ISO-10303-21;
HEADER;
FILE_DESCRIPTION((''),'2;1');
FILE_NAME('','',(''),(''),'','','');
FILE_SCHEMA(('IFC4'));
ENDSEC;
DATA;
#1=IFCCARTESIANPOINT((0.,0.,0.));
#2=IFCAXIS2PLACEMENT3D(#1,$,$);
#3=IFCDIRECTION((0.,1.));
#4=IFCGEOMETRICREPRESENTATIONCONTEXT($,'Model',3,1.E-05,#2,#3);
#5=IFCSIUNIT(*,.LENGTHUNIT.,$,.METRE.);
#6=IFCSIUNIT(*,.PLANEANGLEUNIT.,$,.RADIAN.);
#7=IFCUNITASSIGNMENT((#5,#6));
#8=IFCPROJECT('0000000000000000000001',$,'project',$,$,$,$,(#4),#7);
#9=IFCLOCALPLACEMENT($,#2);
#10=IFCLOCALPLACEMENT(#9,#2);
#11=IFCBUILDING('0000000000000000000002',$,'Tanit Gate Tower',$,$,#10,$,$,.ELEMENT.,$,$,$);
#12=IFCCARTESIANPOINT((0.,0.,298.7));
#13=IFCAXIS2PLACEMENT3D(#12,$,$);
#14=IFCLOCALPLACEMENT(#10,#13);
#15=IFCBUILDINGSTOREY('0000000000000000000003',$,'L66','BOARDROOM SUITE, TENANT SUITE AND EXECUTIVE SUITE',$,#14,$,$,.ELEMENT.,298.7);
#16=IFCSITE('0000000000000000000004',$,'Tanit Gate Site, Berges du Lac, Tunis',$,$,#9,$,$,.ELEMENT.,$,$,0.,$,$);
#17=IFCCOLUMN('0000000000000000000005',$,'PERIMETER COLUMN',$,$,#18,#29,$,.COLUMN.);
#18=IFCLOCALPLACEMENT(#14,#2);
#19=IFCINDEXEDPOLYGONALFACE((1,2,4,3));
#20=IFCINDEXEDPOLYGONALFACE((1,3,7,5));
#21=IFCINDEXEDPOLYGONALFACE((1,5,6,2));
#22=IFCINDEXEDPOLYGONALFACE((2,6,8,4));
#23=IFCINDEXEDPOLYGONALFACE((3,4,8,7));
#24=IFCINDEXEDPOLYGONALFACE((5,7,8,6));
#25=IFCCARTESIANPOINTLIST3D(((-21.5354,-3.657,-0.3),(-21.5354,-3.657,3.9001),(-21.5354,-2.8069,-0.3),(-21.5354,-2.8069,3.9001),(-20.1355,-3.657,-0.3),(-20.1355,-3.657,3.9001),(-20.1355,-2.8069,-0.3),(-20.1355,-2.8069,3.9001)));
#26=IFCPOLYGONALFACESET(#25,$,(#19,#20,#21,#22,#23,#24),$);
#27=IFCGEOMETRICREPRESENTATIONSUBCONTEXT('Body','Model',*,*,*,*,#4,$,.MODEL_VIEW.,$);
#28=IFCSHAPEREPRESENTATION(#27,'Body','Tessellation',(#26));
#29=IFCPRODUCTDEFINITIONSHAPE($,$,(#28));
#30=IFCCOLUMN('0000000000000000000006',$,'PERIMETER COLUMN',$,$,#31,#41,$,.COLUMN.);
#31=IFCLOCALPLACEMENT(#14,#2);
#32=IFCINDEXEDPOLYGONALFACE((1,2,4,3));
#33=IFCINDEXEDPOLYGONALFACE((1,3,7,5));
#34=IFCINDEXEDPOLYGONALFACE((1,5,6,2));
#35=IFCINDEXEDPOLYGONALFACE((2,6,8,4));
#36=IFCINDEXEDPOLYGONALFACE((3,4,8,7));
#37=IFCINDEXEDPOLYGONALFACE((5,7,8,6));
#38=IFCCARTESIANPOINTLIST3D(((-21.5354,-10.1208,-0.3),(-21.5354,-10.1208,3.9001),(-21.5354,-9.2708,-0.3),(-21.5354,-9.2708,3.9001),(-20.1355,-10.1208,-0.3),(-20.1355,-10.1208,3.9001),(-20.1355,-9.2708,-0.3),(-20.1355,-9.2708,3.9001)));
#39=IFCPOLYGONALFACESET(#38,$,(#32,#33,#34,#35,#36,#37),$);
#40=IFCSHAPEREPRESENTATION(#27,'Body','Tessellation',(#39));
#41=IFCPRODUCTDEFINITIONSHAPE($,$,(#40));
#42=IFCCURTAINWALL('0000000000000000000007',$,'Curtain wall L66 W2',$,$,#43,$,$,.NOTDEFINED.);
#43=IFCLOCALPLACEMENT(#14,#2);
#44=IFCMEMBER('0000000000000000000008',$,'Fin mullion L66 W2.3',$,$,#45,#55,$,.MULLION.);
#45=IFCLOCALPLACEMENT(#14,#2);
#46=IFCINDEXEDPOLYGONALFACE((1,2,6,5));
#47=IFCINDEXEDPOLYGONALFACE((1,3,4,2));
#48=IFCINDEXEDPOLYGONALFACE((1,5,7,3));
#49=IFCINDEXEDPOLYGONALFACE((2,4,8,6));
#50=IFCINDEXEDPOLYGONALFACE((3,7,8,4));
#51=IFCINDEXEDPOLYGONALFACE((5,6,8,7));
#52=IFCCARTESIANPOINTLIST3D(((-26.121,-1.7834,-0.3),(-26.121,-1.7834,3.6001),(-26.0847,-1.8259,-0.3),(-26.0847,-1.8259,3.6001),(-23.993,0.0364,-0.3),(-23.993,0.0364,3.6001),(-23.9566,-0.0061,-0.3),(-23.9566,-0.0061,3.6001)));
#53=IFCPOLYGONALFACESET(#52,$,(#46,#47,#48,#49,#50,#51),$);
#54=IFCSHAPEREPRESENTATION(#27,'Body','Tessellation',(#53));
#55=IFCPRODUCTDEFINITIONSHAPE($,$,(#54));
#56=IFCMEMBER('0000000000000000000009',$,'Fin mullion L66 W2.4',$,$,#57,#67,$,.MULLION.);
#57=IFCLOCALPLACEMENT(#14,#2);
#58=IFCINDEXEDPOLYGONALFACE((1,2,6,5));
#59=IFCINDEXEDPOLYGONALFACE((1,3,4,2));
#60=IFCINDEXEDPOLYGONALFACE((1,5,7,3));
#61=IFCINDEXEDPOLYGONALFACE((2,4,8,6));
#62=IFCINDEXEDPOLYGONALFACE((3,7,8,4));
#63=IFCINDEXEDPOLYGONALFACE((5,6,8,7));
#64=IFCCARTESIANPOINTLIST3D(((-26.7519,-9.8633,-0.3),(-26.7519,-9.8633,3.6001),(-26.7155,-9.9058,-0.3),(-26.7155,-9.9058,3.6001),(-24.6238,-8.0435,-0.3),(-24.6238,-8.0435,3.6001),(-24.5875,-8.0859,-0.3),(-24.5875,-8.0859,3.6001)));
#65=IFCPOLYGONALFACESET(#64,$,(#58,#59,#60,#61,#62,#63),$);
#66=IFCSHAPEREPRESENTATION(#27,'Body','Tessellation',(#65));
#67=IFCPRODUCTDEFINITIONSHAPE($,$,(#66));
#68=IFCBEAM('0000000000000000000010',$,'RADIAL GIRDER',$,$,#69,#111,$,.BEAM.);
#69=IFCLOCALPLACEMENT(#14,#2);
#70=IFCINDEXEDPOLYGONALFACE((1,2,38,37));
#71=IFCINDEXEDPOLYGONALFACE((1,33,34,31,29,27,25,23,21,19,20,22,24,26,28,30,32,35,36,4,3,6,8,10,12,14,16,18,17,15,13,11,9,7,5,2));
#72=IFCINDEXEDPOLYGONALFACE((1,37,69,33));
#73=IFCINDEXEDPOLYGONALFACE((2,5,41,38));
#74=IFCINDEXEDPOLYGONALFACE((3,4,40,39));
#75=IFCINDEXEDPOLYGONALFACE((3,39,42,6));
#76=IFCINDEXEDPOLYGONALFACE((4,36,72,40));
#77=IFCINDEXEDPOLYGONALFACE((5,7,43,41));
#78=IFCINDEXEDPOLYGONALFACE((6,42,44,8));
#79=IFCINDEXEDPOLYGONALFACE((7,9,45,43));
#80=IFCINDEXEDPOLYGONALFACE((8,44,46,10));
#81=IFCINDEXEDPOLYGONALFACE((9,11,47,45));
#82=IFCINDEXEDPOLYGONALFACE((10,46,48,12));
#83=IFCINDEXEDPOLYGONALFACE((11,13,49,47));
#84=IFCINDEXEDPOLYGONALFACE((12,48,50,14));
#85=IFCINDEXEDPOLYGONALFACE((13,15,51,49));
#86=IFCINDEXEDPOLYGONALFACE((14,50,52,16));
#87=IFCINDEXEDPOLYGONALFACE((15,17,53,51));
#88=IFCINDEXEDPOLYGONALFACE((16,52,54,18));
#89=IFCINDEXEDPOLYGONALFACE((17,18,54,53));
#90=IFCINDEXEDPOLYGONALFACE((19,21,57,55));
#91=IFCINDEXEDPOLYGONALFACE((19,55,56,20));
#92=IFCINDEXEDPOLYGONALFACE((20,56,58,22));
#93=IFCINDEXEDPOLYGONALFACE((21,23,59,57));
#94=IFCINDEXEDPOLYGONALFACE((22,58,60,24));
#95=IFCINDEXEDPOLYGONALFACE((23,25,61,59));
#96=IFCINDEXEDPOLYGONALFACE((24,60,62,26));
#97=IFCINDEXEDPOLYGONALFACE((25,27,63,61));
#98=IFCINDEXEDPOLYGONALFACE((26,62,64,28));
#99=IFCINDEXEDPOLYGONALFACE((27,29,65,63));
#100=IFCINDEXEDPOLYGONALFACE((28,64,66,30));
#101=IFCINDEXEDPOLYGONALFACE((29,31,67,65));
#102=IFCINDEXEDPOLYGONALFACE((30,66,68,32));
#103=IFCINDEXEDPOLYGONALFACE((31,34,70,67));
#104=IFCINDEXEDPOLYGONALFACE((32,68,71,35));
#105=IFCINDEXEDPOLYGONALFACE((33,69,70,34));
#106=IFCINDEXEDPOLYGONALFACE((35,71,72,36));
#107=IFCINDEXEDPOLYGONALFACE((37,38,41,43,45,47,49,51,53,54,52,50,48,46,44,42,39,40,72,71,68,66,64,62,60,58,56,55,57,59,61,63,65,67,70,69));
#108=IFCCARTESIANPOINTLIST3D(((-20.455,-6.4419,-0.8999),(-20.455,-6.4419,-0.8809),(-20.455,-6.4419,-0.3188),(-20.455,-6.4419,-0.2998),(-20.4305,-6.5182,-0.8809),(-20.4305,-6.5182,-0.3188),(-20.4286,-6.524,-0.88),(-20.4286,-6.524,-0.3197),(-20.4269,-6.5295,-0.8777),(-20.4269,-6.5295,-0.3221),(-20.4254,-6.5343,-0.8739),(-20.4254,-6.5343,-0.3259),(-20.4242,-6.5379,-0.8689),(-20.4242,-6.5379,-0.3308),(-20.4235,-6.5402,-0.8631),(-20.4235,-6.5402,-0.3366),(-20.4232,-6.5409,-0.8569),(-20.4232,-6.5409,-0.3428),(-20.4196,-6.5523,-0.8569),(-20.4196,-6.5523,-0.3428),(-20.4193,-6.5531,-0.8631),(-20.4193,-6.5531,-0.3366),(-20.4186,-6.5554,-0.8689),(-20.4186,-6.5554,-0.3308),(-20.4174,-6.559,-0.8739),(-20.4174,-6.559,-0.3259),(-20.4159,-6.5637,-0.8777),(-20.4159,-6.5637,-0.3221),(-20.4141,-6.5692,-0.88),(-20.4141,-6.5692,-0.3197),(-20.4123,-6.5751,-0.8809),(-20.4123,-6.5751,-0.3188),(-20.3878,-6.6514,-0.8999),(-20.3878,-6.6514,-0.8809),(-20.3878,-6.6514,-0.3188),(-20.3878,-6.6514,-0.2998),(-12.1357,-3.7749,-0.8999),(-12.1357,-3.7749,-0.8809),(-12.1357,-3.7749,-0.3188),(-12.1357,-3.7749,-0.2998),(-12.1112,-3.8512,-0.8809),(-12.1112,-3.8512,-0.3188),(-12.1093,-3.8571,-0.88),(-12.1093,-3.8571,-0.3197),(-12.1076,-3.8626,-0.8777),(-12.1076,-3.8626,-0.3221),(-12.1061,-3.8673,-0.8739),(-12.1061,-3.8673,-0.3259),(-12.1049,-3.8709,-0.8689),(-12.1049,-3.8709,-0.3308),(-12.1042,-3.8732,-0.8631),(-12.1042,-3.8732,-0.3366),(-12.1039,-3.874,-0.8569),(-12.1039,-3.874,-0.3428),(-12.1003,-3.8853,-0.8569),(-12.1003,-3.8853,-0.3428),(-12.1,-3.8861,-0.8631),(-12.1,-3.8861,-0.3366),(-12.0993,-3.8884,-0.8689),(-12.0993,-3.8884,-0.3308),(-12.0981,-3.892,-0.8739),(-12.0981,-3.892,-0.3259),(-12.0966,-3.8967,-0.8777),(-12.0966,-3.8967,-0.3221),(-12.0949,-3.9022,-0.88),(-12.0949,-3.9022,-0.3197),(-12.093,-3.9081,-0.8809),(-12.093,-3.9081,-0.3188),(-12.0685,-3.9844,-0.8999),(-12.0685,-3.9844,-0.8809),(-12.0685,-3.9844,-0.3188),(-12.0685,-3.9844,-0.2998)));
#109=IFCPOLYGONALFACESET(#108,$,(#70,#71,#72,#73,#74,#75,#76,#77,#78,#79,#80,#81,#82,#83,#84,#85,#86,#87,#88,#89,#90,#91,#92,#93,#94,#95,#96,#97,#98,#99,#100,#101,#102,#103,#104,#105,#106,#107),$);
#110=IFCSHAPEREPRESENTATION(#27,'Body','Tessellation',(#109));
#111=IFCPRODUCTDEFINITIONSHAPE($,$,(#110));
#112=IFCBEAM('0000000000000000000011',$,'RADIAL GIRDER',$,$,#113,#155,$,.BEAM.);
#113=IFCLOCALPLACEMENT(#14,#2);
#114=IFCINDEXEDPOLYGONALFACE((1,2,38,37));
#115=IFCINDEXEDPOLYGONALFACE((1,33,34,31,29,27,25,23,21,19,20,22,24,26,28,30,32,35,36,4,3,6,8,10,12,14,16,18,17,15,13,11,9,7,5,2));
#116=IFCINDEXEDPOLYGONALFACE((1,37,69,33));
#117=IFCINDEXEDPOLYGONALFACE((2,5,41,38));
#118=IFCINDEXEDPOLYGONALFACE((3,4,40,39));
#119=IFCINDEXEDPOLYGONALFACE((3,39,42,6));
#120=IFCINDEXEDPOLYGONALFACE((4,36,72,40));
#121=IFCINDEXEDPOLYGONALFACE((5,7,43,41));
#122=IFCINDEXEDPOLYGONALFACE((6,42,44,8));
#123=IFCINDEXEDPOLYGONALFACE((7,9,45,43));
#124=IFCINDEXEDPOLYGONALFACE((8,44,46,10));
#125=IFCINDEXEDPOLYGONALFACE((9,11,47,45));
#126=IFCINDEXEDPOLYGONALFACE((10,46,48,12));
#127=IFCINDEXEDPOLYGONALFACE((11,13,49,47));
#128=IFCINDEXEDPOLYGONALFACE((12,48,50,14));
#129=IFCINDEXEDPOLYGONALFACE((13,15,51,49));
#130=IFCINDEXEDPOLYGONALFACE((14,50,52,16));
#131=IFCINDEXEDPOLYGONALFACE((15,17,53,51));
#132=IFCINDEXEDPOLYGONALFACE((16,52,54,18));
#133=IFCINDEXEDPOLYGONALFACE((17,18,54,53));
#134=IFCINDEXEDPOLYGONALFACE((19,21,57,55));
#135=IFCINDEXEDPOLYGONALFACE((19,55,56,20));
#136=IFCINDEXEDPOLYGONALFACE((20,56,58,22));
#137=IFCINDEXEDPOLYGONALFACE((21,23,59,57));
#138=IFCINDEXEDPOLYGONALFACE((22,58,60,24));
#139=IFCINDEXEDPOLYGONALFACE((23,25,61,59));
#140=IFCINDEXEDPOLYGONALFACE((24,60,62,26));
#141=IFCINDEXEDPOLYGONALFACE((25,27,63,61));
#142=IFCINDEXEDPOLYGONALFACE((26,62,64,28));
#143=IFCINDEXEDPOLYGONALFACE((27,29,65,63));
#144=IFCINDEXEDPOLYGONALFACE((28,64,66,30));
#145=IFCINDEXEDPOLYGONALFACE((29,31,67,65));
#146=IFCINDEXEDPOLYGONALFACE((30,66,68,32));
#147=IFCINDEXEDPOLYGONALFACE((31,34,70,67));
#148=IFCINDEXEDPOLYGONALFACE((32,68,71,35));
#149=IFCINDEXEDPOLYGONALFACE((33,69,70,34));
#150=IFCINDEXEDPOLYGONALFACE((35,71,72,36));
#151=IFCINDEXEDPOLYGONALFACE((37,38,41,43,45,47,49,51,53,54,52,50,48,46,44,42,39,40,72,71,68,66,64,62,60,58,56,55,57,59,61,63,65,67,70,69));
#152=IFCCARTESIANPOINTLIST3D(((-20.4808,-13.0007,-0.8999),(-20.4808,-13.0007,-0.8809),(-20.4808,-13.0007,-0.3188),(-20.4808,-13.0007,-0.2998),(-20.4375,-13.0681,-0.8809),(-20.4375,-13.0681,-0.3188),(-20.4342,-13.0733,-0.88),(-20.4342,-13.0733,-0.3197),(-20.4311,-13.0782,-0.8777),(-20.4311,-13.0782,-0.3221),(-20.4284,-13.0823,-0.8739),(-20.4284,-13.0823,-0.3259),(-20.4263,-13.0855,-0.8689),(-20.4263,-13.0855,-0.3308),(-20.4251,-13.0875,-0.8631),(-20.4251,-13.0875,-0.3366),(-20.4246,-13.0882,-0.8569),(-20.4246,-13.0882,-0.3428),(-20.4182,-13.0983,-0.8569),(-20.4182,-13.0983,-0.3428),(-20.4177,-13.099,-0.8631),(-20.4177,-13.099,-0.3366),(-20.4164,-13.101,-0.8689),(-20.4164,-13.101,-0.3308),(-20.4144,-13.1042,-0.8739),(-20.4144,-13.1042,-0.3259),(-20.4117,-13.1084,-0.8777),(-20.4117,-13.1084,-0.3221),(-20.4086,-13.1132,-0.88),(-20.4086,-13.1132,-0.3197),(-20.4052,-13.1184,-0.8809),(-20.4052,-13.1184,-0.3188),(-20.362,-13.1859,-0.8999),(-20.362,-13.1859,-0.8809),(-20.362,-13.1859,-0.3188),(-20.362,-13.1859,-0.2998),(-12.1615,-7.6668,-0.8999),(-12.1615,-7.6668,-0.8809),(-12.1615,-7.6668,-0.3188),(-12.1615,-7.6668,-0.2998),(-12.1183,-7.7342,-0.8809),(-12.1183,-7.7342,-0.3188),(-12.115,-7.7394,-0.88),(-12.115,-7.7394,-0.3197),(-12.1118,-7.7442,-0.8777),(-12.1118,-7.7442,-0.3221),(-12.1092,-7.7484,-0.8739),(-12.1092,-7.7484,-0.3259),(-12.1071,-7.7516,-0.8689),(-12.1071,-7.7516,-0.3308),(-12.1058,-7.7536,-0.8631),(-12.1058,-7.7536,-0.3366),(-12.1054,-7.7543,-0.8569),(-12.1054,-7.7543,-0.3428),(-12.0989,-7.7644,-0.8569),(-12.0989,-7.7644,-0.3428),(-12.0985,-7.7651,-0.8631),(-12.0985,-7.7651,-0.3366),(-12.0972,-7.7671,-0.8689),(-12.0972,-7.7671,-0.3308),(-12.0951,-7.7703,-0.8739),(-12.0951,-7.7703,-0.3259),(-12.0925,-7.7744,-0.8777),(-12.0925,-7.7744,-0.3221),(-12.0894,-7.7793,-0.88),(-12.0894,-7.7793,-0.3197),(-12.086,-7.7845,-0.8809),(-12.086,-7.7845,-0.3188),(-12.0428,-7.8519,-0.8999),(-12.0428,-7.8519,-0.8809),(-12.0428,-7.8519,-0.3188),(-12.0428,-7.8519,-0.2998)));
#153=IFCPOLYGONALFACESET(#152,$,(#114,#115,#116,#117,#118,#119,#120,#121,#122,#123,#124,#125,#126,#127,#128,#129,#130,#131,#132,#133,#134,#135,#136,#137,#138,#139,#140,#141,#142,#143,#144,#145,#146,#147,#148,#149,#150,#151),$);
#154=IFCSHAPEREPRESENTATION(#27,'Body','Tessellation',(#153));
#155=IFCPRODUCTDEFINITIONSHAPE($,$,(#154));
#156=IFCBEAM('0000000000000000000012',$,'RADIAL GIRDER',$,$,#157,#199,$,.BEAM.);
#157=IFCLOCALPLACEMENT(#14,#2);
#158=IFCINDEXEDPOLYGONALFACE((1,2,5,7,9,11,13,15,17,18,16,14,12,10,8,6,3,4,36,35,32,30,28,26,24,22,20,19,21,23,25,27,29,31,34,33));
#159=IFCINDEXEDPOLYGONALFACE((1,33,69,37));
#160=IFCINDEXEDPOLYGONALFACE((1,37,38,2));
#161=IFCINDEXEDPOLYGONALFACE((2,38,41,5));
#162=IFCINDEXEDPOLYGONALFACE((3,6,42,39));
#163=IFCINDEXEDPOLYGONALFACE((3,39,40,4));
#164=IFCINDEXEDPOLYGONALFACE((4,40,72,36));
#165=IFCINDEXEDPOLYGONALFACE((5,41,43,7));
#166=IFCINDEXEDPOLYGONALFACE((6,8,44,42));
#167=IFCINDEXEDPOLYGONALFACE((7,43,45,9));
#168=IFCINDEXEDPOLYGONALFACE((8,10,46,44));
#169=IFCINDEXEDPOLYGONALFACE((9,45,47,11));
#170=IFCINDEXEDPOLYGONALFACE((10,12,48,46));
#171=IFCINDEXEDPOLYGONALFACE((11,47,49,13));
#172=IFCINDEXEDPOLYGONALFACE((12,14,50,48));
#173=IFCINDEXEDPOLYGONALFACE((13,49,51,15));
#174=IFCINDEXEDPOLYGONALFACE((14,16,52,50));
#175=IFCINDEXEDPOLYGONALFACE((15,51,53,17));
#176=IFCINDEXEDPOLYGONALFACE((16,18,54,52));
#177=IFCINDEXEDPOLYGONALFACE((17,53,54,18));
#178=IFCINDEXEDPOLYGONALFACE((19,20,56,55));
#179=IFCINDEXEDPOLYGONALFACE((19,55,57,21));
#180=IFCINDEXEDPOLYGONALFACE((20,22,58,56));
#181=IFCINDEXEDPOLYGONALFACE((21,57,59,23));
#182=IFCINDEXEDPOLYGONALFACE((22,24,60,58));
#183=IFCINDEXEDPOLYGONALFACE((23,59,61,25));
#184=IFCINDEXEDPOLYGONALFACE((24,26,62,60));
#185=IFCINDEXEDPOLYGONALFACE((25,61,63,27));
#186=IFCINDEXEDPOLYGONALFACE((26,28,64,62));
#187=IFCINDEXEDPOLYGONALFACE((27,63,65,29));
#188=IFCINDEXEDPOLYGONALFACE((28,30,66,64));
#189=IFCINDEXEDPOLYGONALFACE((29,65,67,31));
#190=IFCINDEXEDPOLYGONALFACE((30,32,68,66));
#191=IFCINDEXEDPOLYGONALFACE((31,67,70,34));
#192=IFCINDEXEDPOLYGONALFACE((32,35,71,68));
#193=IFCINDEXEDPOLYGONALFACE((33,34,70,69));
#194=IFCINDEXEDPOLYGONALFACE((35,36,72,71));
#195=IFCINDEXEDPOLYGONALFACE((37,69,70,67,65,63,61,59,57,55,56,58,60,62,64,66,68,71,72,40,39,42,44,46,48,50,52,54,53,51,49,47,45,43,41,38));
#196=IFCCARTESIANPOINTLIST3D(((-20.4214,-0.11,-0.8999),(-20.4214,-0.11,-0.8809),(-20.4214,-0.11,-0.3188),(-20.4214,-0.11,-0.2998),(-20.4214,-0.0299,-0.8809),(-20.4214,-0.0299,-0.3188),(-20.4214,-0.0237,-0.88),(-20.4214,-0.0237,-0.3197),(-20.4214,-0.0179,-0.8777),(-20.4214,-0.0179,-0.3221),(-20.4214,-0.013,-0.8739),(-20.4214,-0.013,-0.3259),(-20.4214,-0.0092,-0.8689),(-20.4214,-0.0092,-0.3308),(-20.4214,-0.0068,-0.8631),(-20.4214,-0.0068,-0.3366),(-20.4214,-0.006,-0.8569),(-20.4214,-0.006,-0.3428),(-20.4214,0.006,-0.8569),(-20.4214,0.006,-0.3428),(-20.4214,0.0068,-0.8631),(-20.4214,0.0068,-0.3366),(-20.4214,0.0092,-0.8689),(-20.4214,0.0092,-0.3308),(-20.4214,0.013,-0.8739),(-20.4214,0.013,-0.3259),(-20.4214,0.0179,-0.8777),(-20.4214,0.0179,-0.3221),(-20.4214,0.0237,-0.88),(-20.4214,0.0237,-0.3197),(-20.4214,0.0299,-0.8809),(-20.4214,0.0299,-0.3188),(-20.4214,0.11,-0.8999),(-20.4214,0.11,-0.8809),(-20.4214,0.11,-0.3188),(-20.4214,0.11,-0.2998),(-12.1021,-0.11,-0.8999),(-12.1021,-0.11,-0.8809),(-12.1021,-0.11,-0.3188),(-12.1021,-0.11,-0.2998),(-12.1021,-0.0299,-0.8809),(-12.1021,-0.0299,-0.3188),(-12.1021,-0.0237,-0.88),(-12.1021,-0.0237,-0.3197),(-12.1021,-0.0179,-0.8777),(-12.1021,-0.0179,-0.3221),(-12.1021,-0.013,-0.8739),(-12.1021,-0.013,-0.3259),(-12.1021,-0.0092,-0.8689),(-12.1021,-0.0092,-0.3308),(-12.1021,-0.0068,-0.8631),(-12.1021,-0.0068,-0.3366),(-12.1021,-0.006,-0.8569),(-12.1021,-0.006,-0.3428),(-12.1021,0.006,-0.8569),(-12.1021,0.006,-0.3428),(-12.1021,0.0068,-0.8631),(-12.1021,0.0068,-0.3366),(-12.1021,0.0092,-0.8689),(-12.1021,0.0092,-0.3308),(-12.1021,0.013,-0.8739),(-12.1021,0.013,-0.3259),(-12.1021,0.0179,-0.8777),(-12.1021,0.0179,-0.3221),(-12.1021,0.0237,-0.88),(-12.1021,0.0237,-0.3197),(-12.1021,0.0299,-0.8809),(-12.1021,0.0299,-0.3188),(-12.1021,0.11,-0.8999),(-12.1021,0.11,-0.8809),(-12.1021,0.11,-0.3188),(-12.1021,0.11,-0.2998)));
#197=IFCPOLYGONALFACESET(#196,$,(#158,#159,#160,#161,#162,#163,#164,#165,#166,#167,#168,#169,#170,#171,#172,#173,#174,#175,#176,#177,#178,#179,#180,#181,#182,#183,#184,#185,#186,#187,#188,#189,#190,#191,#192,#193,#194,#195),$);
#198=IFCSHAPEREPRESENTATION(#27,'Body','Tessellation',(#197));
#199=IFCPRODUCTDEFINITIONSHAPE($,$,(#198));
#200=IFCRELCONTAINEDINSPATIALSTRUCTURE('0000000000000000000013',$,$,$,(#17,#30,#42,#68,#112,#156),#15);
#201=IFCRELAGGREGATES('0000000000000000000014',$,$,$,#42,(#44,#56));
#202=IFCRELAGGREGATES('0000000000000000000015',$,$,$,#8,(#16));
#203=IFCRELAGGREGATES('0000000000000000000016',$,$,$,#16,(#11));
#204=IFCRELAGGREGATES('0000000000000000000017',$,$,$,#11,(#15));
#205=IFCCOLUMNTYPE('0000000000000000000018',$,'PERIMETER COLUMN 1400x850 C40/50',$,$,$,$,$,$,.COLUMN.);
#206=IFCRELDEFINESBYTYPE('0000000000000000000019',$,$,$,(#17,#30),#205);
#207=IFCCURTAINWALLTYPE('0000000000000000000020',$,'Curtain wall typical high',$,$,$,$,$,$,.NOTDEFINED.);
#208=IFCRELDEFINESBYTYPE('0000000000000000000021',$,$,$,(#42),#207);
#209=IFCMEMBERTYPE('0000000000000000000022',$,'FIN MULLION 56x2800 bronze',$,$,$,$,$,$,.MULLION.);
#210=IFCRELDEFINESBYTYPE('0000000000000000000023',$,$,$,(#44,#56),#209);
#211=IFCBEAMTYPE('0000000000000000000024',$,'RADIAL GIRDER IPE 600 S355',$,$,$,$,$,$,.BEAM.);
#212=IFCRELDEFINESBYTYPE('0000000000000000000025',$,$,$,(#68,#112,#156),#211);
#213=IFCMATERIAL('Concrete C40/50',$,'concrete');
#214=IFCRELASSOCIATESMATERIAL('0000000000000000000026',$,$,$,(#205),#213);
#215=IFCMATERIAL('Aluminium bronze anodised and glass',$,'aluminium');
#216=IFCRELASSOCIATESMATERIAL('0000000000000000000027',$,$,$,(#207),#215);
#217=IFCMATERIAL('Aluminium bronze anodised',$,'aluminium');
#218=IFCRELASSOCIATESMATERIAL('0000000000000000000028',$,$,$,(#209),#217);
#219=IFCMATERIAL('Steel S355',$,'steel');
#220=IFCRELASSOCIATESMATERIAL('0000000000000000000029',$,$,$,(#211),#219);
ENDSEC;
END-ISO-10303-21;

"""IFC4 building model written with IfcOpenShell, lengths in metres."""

from ifc_helpers import new_model, si_unit, direction, frame, origin, origin_2d, place, context, subcontext, project, spatial, rectangle, i_section, extrude, material, material_profile, profile_set, type_object, element, aggregate, save


model = new_model("IFC4")

# Units and contexts
model_context = context("Model", 3, precision=1e-05, world=origin(), true_north=direction((0.0, 1.0)))
body_context = subcontext(model_context, "Body", "Model", "MODEL_VIEW")
ifc_project = project(units=[si_unit("LENGTHUNIT", "METRE"), si_unit("PLANEANGLEUNIT", "RADIAN")], contexts=[model_context])

# Site, building, storey
site_placement = place(None, origin())
site = spatial("IfcSite", under=ifc_project, at=site_placement, Name="Tanit Gate Site, Berges du Lac, Tunis", CompositionType="ELEMENT", RefElevation=0.0)
building_placement = place(site_placement, origin())
building = spatial("IfcBuilding", under=site, at=building_placement, Name="Tanit Gate Tower", CompositionType="ELEMENT")
storey_placement = place(building_placement, frame((0.0, 0.0, 298.7)))
storey = spatial("IfcBuildingStorey", under=building, at=storey_placement, Name="L66", Description="BOARDROOM SUITE, TENANT SUITE AND EXECUTIVE SUITE", CompositionType="ELEMENT", Elevation=298.7)

# Columns
ifc_material_1 = material(Name="Concrete C40/50", Category="concrete")
ifc_material_profile_1 = material_profile(ifc_material_1, rectangle(XDim=1.3999, YDim=0.8501, at=origin_2d()), Name="RC 1400x850")
ifc_profile_set_1 = profile_set([ifc_material_profile_1], Name="Concrete C40/50")
column_type = type_object("IfcColumnType", Name="PERIMETER COLUMN 1400x850 C40/50", PredefinedType="COLUMN", material=ifc_profile_set_1)
for number, where, z_axis, x_axis, name in (
    (1, (-20.8354, -3.2319, -0.3), (0.0, 0.0, 1.0), (-1.0, 0.0, 0.0), "PERIMETER COLUMN"),
    (2, (-20.8354, -9.6958, -0.3), (0.0, 0.0, 1.0), (-1.0, 0.0, 0.0), "PERIMETER COLUMN"),
):
    element("IfcColumn", number, at=place(storey_placement, frame(where, z_axis=z_axis, x_axis=x_axis)), inside=storey, type_object=column_type, Name=name, PredefinedType="COLUMN", context=body_context, shape_type="SweptSolid", body=[
        extrude(rectangle(XDim=1.3999, YDim=0.8501, at=origin_2d()), origin(), (0.0, 0.0, 1.0), 4.2002),
    ])

# Curtain wall, members
ifc_material_2 = material(Name="Aluminium bronze anodised and glass", Category="aluminium")
curtain_wall_type = type_object("IfcCurtainWallType", Name="Curtain wall typical high", PredefinedType="NOTDEFINED", material=ifc_material_2)
curtain_wall_placement = place(storey_placement, origin())
curtain_wall = element("IfcCurtainWall", 3, at=curtain_wall_placement, inside=storey, type_object=curtain_wall_type, Name="Curtain wall L66 W2", PredefinedType="NOTDEFINED")
ifc_material_3 = material(Name="Aluminium bronze anodised", Category="aluminium")
ifc_material_profile_2 = material_profile(ifc_material_3, rectangle(XDim=2.8, YDim=0.0559, at=origin_2d()), Name="56x2800 bronze fin mullion")
ifc_profile_set_2 = profile_set([ifc_material_profile_2], Name="Aluminium bronze anodised")
member_type_1 = type_object("IfcMemberType", Name="FIN MULLION 56x2800 bronze", PredefinedType="MULLION", material=ifc_profile_set_2)
member_1_placement = place(storey_placement, frame((-25.0388, -0.8948, -0.3), z_axis=(0.0, 0.0, 1.0), x_axis=(0.760002, 0.649921, 0.0)))
member_1 = element("IfcMember", 4, at=member_1_placement, type_object=member_type_1, Name="Fin mullion L66 W2.3", PredefinedType="MULLION", context=body_context, shape_type="SweptSolid", body=[
    extrude(rectangle(XDim=2.8, YDim=0.0559, at=origin_2d()), origin(), (0.0, 0.0, 1.0), 3.9001),
])
member_2_placement = place(storey_placement, frame((-25.6697, -8.9746, -0.3), z_axis=(0.0, 0.0, 1.0), x_axis=(0.760002, 0.649921, 0.0)))
member_2 = element("IfcMember", 5, at=member_2_placement, type_object=member_type_1, Name="Fin mullion L66 W2.4", PredefinedType="MULLION", context=body_context, shape_type="SweptSolid", body=[
    extrude(rectangle(XDim=2.8, YDim=0.0559, at=origin_2d()), origin(), (0.0, 0.0, 1.0), 3.9001),
])

# Beams
ifc_material_4 = material(Name="Steel S355", Category="steel")
ifc_material_profile_3 = material_profile(ifc_material_4, i_section(OverallWidth=0.22, OverallDepth=0.6001, WebThickness=0.012, FlangeThickness=0.019, FilletRadius=0.0239, at=origin_2d()), Name="IPE 600")
ifc_profile_set_3 = profile_set([ifc_material_profile_3], Name="Steel S355")
beam_type_1 = type_object("IfcBeamType", Name="RADIAL GIRDER IPE 600 S355", PredefinedType="BEAM", material=ifc_profile_set_3)
beam_1_placement = place(storey_placement, frame((-20.4214, -6.5466, -0.5999), z_axis=(0.952264, 0.305275, 0.0), x_axis=(-0.305275, 0.952264, 0.0)))
element("IfcBeam", 6, at=beam_1_placement, inside=storey, type_object=beam_type_1, Name="RADIAL GIRDER", PredefinedType="BEAM", context=body_context, shape_type="SweptSolid", body=[
    extrude(i_section(OverallWidth=0.22, OverallDepth=0.6001, WebThickness=0.012, FlangeThickness=0.019, FilletRadius=0.0239, at=origin_2d()), origin(), (0.0, 0.0, 1.0), 8.7363),
])
beam_2_placement = place(storey_placement, frame((-20.4214, -13.0933, -0.5999), z_axis=(0.84183, 0.539743, 0.0), x_axis=(-0.539743, 0.84183, 0.0)))
element("IfcBeam", 7, at=beam_2_placement, inside=storey, type_object=beam_type_1, Name="RADIAL GIRDER", PredefinedType="BEAM", context=body_context, shape_type="SweptSolid", body=[
    extrude(i_section(OverallWidth=0.22, OverallDepth=0.6001, WebThickness=0.012, FlangeThickness=0.019, FilletRadius=0.0239, at=origin_2d()), origin(), (0.0, 0.0, 1.0), 9.8823),
])
beam_3_placement = place(storey_placement, frame((-20.4214, 0.0, -0.5999), z_axis=(1.0, 0.0, 0.0), x_axis=(0.0, 1.0, 0.0)))
element("IfcBeam", 8, at=beam_3_placement, inside=storey, type_object=beam_type_1, Name="RADIAL GIRDER", PredefinedType="BEAM", context=body_context, shape_type="SweptSolid", body=[
    extrude(i_section(OverallWidth=0.22, OverallDepth=0.6001, WebThickness=0.012, FlangeThickness=0.019, FilletRadius=0.0239, at=origin_2d()), origin(), (0.0, 0.0, 1.0), 8.3193),
])

aggregate(curtain_wall, [member_1, member_2])

save(model, "model.ifc")
